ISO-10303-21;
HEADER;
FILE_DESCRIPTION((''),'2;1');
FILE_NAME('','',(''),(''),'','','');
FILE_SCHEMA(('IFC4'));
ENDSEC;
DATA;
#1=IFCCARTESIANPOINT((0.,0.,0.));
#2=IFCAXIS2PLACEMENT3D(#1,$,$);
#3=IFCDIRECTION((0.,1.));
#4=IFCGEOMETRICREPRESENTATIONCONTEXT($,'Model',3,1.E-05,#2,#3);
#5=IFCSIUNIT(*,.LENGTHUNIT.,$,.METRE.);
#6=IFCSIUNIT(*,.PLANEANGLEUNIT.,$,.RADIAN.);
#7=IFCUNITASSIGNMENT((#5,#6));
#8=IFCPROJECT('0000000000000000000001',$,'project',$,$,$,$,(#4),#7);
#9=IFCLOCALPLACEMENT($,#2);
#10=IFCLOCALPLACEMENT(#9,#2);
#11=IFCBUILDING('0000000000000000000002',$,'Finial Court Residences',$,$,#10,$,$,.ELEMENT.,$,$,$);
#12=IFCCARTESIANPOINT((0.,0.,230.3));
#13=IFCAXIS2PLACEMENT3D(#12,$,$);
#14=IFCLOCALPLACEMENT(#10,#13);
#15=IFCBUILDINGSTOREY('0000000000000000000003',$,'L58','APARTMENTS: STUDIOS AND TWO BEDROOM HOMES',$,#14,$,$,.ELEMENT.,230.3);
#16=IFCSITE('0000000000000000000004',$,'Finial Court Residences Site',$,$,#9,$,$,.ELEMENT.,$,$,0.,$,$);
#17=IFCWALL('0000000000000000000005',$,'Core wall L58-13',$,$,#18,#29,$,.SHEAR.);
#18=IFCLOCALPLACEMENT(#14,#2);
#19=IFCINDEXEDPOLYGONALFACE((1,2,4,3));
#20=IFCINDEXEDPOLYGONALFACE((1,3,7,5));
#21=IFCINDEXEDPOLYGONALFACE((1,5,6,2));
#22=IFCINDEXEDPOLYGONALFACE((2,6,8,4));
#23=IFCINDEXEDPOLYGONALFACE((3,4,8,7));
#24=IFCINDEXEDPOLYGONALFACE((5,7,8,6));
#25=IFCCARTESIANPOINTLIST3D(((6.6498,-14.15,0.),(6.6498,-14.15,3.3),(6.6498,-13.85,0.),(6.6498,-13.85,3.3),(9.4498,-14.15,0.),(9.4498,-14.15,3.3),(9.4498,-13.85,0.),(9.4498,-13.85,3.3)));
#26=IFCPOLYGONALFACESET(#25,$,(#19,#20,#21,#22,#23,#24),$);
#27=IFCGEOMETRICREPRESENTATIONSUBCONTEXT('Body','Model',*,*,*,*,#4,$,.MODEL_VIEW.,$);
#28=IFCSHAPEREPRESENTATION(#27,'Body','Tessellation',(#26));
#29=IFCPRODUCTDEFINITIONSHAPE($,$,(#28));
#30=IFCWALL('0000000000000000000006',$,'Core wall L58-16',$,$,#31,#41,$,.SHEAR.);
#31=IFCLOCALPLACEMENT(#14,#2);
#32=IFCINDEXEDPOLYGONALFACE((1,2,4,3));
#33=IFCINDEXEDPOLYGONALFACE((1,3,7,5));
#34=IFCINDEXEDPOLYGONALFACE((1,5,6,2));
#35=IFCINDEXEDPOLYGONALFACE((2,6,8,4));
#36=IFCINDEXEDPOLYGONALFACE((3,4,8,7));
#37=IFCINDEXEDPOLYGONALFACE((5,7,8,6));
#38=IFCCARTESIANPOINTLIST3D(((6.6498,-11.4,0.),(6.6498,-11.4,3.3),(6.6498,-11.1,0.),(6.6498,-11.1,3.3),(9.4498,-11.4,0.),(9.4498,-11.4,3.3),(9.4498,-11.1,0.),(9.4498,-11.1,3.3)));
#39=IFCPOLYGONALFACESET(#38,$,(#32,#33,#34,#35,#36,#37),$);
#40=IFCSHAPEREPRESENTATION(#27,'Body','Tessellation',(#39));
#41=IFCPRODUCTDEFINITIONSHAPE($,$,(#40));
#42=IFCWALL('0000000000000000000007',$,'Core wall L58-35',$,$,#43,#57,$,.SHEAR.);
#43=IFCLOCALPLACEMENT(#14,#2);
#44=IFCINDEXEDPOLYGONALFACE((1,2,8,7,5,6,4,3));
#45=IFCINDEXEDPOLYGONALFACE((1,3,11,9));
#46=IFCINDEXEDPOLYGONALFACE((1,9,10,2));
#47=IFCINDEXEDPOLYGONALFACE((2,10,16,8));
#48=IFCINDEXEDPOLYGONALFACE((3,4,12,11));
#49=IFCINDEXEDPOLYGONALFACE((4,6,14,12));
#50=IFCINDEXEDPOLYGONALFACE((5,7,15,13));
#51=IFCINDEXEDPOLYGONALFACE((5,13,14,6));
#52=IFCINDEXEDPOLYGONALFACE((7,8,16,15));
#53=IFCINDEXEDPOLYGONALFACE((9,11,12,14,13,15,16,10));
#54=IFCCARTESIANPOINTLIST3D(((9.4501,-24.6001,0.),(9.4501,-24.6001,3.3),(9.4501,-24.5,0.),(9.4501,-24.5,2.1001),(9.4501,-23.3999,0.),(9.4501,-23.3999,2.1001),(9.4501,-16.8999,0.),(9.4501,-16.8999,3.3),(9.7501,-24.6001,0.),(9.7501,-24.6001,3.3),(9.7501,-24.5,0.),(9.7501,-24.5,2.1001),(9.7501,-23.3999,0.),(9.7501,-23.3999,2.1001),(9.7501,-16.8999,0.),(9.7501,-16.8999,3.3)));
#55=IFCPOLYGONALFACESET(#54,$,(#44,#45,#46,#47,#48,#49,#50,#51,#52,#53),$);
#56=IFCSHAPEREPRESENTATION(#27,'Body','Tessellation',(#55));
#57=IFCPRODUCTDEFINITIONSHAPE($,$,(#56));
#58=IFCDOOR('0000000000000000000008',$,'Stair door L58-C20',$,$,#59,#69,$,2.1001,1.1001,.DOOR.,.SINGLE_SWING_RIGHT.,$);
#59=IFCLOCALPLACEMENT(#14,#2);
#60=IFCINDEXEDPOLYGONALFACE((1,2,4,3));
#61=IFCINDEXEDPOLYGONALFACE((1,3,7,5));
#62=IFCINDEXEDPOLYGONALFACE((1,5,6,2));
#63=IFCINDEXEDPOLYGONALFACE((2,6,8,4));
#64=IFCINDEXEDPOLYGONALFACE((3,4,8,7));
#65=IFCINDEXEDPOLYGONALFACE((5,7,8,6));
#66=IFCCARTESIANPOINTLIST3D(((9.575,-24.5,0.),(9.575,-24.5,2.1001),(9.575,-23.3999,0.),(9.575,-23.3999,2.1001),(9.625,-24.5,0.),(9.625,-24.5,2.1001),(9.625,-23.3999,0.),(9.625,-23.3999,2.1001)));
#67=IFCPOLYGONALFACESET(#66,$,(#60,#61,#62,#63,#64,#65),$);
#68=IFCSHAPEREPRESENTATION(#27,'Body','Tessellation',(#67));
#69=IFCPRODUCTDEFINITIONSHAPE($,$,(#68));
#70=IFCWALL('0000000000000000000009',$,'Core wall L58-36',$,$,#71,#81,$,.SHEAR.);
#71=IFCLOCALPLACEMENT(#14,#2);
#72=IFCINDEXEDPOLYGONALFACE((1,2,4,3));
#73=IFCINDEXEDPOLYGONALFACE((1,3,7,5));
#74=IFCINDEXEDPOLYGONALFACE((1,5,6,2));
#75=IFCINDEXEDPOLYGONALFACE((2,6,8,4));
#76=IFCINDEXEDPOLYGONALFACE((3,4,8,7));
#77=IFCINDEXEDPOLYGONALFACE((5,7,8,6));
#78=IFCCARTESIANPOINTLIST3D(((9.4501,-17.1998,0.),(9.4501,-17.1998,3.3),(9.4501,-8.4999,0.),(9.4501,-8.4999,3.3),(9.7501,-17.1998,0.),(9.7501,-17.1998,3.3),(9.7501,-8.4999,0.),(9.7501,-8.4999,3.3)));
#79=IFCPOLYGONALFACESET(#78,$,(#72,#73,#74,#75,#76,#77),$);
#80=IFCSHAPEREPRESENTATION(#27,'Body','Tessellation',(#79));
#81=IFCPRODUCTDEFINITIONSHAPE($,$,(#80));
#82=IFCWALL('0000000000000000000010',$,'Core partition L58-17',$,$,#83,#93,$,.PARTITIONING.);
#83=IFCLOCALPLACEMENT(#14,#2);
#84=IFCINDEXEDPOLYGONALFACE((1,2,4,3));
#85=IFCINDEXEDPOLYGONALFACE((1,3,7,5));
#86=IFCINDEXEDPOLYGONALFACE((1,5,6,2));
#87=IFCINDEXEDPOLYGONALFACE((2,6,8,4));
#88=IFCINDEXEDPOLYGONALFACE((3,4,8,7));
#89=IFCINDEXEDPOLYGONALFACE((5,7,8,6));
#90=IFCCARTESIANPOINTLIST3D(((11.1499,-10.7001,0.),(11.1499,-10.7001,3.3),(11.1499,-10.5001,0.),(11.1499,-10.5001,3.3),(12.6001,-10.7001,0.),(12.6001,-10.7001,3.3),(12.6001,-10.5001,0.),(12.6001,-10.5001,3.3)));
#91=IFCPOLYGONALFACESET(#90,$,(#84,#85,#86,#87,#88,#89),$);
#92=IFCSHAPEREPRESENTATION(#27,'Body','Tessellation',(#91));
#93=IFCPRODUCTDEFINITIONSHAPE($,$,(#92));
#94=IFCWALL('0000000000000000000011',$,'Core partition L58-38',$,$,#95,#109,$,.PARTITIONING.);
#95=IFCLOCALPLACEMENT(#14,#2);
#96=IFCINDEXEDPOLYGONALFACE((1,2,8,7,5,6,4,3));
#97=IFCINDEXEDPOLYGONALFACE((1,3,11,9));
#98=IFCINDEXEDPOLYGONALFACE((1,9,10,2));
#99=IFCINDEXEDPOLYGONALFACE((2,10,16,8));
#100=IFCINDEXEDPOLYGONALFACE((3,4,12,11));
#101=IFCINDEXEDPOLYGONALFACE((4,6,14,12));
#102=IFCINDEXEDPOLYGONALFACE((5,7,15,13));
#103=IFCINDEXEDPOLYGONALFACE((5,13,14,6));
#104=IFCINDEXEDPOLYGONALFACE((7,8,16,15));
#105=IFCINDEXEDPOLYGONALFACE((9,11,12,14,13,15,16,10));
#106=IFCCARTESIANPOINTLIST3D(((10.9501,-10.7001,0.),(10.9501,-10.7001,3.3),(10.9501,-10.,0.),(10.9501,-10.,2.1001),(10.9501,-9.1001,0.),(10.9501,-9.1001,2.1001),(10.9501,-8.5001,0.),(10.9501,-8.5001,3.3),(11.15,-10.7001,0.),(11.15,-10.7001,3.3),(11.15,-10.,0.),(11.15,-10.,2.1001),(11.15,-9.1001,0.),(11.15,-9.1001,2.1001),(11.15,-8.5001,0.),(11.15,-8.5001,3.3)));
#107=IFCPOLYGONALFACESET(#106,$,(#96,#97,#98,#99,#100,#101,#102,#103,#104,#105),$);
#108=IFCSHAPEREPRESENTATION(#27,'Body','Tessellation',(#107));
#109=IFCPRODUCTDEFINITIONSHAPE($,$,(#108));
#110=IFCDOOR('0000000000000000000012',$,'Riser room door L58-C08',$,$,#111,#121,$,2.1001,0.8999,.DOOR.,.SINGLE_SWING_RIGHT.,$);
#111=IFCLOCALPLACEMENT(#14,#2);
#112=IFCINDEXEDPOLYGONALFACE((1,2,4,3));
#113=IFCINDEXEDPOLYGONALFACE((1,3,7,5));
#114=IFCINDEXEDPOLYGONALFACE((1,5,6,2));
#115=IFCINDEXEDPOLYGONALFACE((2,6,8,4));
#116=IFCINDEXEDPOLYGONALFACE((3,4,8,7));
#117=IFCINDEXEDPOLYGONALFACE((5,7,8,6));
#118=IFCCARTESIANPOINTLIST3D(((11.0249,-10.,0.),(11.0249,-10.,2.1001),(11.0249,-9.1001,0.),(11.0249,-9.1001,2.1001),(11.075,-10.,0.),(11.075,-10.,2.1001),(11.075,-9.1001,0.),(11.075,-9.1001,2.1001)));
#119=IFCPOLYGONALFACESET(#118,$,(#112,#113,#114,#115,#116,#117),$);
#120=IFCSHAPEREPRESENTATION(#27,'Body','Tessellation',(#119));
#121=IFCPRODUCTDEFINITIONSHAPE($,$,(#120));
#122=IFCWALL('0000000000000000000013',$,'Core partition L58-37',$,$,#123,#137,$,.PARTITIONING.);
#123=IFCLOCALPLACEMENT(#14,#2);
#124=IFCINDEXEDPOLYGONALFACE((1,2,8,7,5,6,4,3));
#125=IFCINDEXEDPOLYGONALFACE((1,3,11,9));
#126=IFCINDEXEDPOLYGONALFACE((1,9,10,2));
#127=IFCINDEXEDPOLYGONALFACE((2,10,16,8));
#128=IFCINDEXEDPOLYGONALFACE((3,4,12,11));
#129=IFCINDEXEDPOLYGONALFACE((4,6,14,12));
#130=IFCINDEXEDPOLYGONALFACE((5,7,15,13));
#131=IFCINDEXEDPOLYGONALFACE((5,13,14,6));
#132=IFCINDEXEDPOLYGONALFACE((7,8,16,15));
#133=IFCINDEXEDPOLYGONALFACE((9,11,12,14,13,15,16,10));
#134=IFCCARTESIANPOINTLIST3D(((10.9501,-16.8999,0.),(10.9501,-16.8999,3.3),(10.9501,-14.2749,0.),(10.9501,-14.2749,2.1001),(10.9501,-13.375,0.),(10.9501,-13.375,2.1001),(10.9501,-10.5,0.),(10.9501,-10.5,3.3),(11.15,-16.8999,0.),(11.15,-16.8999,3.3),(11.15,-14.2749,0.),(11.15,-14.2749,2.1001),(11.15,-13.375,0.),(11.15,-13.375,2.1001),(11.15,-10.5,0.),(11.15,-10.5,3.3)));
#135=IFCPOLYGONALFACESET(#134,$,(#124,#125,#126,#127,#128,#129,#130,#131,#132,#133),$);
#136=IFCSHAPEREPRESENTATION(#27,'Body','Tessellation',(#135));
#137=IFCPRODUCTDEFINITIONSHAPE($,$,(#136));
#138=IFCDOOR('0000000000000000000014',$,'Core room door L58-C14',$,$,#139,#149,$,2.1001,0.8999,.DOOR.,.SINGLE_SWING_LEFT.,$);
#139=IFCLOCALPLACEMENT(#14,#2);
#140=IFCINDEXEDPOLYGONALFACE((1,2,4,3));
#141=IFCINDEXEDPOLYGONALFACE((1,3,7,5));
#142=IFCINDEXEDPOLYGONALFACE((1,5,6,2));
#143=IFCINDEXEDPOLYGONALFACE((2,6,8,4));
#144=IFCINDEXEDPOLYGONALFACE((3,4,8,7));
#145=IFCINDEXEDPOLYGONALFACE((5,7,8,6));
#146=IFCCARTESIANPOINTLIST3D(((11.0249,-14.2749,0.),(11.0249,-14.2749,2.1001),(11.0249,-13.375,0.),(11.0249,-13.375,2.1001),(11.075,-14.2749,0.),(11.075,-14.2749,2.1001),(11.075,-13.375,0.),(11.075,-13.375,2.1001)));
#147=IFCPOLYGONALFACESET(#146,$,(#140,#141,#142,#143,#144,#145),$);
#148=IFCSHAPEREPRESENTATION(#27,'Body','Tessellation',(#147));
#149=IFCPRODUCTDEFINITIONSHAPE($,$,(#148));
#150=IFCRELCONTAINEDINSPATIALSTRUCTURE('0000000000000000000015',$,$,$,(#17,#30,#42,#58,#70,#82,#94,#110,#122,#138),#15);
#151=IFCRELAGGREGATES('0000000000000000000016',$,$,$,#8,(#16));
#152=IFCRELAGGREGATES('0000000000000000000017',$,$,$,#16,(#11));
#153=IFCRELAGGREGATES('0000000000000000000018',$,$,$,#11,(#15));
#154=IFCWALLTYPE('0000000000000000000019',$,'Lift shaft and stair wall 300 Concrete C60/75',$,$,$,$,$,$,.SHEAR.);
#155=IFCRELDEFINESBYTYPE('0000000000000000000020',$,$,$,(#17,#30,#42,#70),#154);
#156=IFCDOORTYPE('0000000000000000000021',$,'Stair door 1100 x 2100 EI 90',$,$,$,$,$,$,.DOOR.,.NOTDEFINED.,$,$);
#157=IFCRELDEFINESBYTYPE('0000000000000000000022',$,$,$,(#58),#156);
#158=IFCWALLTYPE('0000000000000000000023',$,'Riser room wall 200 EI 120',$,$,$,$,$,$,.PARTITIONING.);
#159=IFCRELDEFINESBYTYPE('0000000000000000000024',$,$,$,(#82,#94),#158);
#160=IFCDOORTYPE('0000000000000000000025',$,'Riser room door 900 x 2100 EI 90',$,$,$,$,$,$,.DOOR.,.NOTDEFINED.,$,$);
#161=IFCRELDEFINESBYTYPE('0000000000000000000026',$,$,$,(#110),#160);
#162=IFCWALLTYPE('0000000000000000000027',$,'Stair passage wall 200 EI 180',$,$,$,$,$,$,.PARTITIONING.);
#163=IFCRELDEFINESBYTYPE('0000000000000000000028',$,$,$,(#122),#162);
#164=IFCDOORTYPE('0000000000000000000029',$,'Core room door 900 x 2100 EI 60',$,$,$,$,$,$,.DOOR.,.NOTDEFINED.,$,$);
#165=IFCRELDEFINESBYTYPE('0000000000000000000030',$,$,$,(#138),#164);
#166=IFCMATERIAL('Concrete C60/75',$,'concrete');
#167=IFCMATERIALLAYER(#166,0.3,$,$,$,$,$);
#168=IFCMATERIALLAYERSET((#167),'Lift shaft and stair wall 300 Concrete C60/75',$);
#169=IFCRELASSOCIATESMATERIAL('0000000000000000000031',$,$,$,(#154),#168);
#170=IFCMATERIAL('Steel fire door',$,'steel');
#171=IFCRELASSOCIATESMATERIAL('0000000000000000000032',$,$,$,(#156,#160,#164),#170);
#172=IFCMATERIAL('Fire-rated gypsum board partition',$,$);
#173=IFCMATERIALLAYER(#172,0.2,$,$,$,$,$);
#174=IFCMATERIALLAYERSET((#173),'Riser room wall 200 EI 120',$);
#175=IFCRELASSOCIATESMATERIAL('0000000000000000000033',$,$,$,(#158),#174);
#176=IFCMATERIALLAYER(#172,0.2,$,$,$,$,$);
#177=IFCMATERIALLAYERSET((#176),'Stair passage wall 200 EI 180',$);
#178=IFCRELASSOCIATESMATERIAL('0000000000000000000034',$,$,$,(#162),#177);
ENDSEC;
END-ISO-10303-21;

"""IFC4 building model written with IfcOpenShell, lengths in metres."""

from ifc_helpers import new_model, si_unit, direction, frame, frame_2d, origin, place, context, subcontext, project, spatial, rectangle, extrude, material, layer, layer_set, type_object, element, fill, save


model = new_model("IFC4")

# Units and contexts
model_context = context("Model", 3, precision=1e-05, world=origin(), true_north=direction((0.0, 1.0)))
body_context = subcontext(model_context, "Body", "Model", "MODEL_VIEW")
ifc_project = project(units=[si_unit("LENGTHUNIT", "METRE"), si_unit("PLANEANGLEUNIT", "RADIAN")], contexts=[model_context])

# Site, building, storey
site_placement = place(None, origin())
site = spatial("IfcSite", under=ifc_project, at=site_placement, Name="Finial Court Residences Site", CompositionType="ELEMENT", RefElevation=0.0)
building_placement = place(site_placement, origin())
building = spatial("IfcBuilding", under=site, at=building_placement, Name="Finial Court Residences", CompositionType="ELEMENT")
storey_placement = place(building_placement, frame((0.0, 0.0, 230.3)))
storey = spatial("IfcBuildingStorey", under=building, at=storey_placement, Name="L58", Description="APARTMENTS: STUDIOS AND TWO BEDROOM HOMES", CompositionType="ELEMENT", Elevation=230.3)

# Shared definitions
ifc_material_1 = material(Name="Fire-rated gypsum board partition")

# Walls
ifc_material_2 = material(Name="Concrete C60/75", Category="concrete")
ifc_layer_1 = layer(ifc_material_2, 0.3)
ifc_layer_set_1 = layer_set([ifc_layer_1], Name="Lift shaft and stair wall 300 Concrete C60/75")
wall_type_1 = type_object("IfcWallType", Name="Lift shaft and stair wall 300 Concrete C60/75", PredefinedType="SHEAR", material=ifc_layer_set_1)
for number, where, z_axis, x_axis, name in (
    (1, (6.6499, -14.0, 0.0), (0.0, 0.0, 1.0), (1.0, 0.0, 0.0), "Core wall L58-13"),
    (2, (6.6499, -11.25, 0.0), (0.0, 0.0, 1.0), (1.0, 0.0, 0.0), "Core wall L58-16"),
):
    element("IfcWall", number, at=place(storey_placement, frame(where, z_axis=z_axis, x_axis=x_axis)), inside=storey, type_object=wall_type_1, Name=name, PredefinedType="SHEAR", context=body_context, shape_type="SweptSolid", body=[
        extrude(rectangle(XDim=2.8, YDim=0.3, at=frame_2d((1.3999, 0.0))), origin(), (0.0, 0.0, 1.0), 3.3),
    ])

# Wall, opening, door
wall_1_placement = place(storey_placement, frame((9.6001, -16.8999, 0.0), z_axis=(0.0, 0.0, 1.0), x_axis=(0.0, -1.0, 0.0)))
wall_1 = element("IfcWall", 3, at=wall_1_placement, inside=storey, type_object=wall_type_1, Name="Core wall L58-35", PredefinedType="SHEAR", context=body_context, shape_type="SweptSolid", body=[
    extrude(rectangle(XDim=7.7002, YDim=0.3, at=frame_2d((3.8501, 0.0))), origin(), (0.0, 0.0, 1.0), 3.3),
])
opening_1_placement = place(wall_1_placement, frame((6.5, 0.0, 0.0)))
opening_1 = element("IfcOpeningElement", 4, at=opening_1_placement, cuts=wall_1, PredefinedType="OPENING", context=body_context, shape_type="SweptSolid", body=[
    extrude(rectangle(XDim=1.1001, YDim=2.1001, at=frame_2d((0.55, 1.05))), frame((0.0, 0.1599, 0.0), z_axis=(0.0, -1.0, 0.0), x_axis=(1.0, 0.0, 0.0)), (0.0, 0.0, 1.0), 0.3201),
])
ifc_material_3 = material(Name="Steel fire door", Category="steel")
door_type_1 = type_object("IfcDoorType", Name="Stair door 1100 x 2100 EI 90", OperationType="NOTDEFINED", PredefinedType="DOOR", material=ifc_material_3)
door_1_placement = place(opening_1_placement, origin())
door_1 = element("IfcDoor", 5, at=door_1_placement, inside=storey, type_object=door_type_1, Name="Stair door L58-C20", OperationType="SINGLE_SWING_RIGHT", OverallHeight=2.1001, OverallWidth=1.1001, PredefinedType="DOOR", context=body_context, shape_type="SweptSolid", body=[
    extrude(rectangle(XDim=1.1001, YDim=2.1001, at=frame_2d((0.55, 1.05))), frame((0.0, 0.0249, 0.0), z_axis=(0.0, -1.0, 0.0), x_axis=(1.0, 0.0, 0.0)), (0.0, 0.0, 1.0), 0.05),
])
fill(opening_1, door_1)

# Walls
wall_2_placement = place(storey_placement, frame((9.6001, -17.2, 0.0), z_axis=(0.0, 0.0, 1.0), x_axis=(0.0, 1.0, 0.0)))
element("IfcWall", 6, at=wall_2_placement, inside=storey, type_object=wall_type_1, Name="Core wall L58-36", PredefinedType="SHEAR", context=body_context, shape_type="SweptSolid", body=[
    extrude(rectangle(XDim=8.7, YDim=0.3, at=frame_2d((4.3501, 0.0))), origin(), (0.0, 0.0, 1.0), 3.3),
])
ifc_layer_2 = layer(ifc_material_1, 0.2)
ifc_layer_set_2 = layer_set([ifc_layer_2], Name="Riser room wall 200 EI 120")
wall_type_2 = type_object("IfcWallType", Name="Riser room wall 200 EI 120", PredefinedType="PARTITIONING", material=ifc_layer_set_2)
wall_3_placement = place(storey_placement, frame((11.1499, -10.6001, 0.0), z_axis=(0.0, 0.0, 1.0), x_axis=(1.0, 0.0, 0.0)))
element("IfcWall", 7, at=wall_3_placement, inside=storey, type_object=wall_type_2, Name="Core partition L58-17", PredefinedType="PARTITIONING", context=body_context, shape_type="SweptSolid", body=[
    extrude(rectangle(XDim=1.4502, YDim=0.2, at=frame_2d((0.7251, 0.0))), origin(), (0.0, 0.0, 1.0), 3.3),
])

# Walls, openings, doors
wall_4_placement = place(storey_placement, frame((11.05, -8.5, 0.0), z_axis=(0.0, 0.0, 1.0), x_axis=(0.0, -1.0, 0.0)))
wall_4 = element("IfcWall", 8, at=wall_4_placement, inside=storey, type_object=wall_type_2, Name="Core partition L58-38", PredefinedType="PARTITIONING", context=body_context, shape_type="SweptSolid", body=[
    extrude(rectangle(XDim=2.2, YDim=0.2, at=frame_2d((1.1001, 0.0))), origin(), (0.0, 0.0, 1.0), 3.3),
])
opening_2_placement = place(wall_4_placement, frame((0.6001, 0.0, 0.0)))
opening_2 = element("IfcOpeningElement", 9, at=opening_2_placement, cuts=wall_4, PredefinedType="OPENING", context=body_context, shape_type="SweptSolid", body=[
    extrude(rectangle(XDim=0.8999, YDim=2.1001, at=frame_2d((0.45, 1.05))), frame((0.0, 0.1099, 0.0), z_axis=(0.0, -1.0, 0.0), x_axis=(1.0, 0.0, 0.0)), (0.0, 0.0, 1.0), 0.22),
])
door_type_2 = type_object("IfcDoorType", Name="Riser room door 900 x 2100 EI 90", OperationType="NOTDEFINED", PredefinedType="DOOR", material=ifc_material_3)
door_2_placement = place(opening_2_placement, origin())
door_2 = element("IfcDoor", 10, at=door_2_placement, inside=storey, type_object=door_type_2, Name="Riser room door L58-C08", OperationType="SINGLE_SWING_RIGHT", OverallHeight=2.1001, OverallWidth=0.8999, PredefinedType="DOOR", context=body_context, shape_type="SweptSolid", body=[
    extrude(rectangle(XDim=0.8999, YDim=2.1001, at=frame_2d((0.45, 1.05))), frame((0.0, 0.0249, 0.0), z_axis=(0.0, -1.0, 0.0), x_axis=(1.0, 0.0, 0.0)), (0.0, 0.0, 1.0), 0.05),
])
fill(opening_2, door_2)
ifc_layer_3 = layer(ifc_material_1, 0.2)
ifc_layer_set_3 = layer_set([ifc_layer_3], Name="Stair passage wall 200 EI 180")
wall_type_3 = type_object("IfcWallType", Name="Stair passage wall 200 EI 180", PredefinedType="PARTITIONING", material=ifc_layer_set_3)
wall_5_placement = place(storey_placement, frame((11.05, -10.5, 0.0), z_axis=(0.0, 0.0, 1.0), x_axis=(0.0, -1.0, 0.0)))
wall_5 = element("IfcWall", 11, at=wall_5_placement, inside=storey, type_object=wall_type_3, Name="Core partition L58-37", PredefinedType="PARTITIONING", context=body_context, shape_type="SweptSolid", body=[
    extrude(rectangle(XDim=6.3999, YDim=0.2, at=frame_2d((3.2, 0.0))), origin(), (0.0, 0.0, 1.0), 3.3),
])
opening_3_placement = place(wall_5_placement, frame((2.875, 0.0, 0.0)))
opening_3 = element("IfcOpeningElement", 12, at=opening_3_placement, cuts=wall_5, PredefinedType="OPENING", context=body_context, shape_type="SweptSolid", body=[
    extrude(rectangle(XDim=0.8999, YDim=2.1001, at=frame_2d((0.45, 1.05))), frame((0.0, 0.1099, 0.0), z_axis=(0.0, -1.0, 0.0), x_axis=(1.0, 0.0, 0.0)), (0.0, 0.0, 1.0), 0.22),
])
door_type_3 = type_object("IfcDoorType", Name="Core room door 900 x 2100 EI 60", OperationType="NOTDEFINED", PredefinedType="DOOR", material=ifc_material_3)
door_3_placement = place(opening_3_placement, origin())
door_3 = element("IfcDoor", 13, at=door_3_placement, inside=storey, type_object=door_type_3, Name="Core room door L58-C14", OperationType="SINGLE_SWING_LEFT", OverallHeight=2.1001, OverallWidth=0.8999, PredefinedType="DOOR", context=body_context, shape_type="SweptSolid", body=[
    extrude(rectangle(XDim=0.8999, YDim=2.1001, at=frame_2d((0.45, 1.05))), frame((0.0, 0.0249, 0.0), z_axis=(0.0, -1.0, 0.0), x_axis=(1.0, 0.0, 0.0)), (0.0, 0.0, 1.0), 0.05),
])
fill(opening_3, door_3)

save(model, "model.ifc")
